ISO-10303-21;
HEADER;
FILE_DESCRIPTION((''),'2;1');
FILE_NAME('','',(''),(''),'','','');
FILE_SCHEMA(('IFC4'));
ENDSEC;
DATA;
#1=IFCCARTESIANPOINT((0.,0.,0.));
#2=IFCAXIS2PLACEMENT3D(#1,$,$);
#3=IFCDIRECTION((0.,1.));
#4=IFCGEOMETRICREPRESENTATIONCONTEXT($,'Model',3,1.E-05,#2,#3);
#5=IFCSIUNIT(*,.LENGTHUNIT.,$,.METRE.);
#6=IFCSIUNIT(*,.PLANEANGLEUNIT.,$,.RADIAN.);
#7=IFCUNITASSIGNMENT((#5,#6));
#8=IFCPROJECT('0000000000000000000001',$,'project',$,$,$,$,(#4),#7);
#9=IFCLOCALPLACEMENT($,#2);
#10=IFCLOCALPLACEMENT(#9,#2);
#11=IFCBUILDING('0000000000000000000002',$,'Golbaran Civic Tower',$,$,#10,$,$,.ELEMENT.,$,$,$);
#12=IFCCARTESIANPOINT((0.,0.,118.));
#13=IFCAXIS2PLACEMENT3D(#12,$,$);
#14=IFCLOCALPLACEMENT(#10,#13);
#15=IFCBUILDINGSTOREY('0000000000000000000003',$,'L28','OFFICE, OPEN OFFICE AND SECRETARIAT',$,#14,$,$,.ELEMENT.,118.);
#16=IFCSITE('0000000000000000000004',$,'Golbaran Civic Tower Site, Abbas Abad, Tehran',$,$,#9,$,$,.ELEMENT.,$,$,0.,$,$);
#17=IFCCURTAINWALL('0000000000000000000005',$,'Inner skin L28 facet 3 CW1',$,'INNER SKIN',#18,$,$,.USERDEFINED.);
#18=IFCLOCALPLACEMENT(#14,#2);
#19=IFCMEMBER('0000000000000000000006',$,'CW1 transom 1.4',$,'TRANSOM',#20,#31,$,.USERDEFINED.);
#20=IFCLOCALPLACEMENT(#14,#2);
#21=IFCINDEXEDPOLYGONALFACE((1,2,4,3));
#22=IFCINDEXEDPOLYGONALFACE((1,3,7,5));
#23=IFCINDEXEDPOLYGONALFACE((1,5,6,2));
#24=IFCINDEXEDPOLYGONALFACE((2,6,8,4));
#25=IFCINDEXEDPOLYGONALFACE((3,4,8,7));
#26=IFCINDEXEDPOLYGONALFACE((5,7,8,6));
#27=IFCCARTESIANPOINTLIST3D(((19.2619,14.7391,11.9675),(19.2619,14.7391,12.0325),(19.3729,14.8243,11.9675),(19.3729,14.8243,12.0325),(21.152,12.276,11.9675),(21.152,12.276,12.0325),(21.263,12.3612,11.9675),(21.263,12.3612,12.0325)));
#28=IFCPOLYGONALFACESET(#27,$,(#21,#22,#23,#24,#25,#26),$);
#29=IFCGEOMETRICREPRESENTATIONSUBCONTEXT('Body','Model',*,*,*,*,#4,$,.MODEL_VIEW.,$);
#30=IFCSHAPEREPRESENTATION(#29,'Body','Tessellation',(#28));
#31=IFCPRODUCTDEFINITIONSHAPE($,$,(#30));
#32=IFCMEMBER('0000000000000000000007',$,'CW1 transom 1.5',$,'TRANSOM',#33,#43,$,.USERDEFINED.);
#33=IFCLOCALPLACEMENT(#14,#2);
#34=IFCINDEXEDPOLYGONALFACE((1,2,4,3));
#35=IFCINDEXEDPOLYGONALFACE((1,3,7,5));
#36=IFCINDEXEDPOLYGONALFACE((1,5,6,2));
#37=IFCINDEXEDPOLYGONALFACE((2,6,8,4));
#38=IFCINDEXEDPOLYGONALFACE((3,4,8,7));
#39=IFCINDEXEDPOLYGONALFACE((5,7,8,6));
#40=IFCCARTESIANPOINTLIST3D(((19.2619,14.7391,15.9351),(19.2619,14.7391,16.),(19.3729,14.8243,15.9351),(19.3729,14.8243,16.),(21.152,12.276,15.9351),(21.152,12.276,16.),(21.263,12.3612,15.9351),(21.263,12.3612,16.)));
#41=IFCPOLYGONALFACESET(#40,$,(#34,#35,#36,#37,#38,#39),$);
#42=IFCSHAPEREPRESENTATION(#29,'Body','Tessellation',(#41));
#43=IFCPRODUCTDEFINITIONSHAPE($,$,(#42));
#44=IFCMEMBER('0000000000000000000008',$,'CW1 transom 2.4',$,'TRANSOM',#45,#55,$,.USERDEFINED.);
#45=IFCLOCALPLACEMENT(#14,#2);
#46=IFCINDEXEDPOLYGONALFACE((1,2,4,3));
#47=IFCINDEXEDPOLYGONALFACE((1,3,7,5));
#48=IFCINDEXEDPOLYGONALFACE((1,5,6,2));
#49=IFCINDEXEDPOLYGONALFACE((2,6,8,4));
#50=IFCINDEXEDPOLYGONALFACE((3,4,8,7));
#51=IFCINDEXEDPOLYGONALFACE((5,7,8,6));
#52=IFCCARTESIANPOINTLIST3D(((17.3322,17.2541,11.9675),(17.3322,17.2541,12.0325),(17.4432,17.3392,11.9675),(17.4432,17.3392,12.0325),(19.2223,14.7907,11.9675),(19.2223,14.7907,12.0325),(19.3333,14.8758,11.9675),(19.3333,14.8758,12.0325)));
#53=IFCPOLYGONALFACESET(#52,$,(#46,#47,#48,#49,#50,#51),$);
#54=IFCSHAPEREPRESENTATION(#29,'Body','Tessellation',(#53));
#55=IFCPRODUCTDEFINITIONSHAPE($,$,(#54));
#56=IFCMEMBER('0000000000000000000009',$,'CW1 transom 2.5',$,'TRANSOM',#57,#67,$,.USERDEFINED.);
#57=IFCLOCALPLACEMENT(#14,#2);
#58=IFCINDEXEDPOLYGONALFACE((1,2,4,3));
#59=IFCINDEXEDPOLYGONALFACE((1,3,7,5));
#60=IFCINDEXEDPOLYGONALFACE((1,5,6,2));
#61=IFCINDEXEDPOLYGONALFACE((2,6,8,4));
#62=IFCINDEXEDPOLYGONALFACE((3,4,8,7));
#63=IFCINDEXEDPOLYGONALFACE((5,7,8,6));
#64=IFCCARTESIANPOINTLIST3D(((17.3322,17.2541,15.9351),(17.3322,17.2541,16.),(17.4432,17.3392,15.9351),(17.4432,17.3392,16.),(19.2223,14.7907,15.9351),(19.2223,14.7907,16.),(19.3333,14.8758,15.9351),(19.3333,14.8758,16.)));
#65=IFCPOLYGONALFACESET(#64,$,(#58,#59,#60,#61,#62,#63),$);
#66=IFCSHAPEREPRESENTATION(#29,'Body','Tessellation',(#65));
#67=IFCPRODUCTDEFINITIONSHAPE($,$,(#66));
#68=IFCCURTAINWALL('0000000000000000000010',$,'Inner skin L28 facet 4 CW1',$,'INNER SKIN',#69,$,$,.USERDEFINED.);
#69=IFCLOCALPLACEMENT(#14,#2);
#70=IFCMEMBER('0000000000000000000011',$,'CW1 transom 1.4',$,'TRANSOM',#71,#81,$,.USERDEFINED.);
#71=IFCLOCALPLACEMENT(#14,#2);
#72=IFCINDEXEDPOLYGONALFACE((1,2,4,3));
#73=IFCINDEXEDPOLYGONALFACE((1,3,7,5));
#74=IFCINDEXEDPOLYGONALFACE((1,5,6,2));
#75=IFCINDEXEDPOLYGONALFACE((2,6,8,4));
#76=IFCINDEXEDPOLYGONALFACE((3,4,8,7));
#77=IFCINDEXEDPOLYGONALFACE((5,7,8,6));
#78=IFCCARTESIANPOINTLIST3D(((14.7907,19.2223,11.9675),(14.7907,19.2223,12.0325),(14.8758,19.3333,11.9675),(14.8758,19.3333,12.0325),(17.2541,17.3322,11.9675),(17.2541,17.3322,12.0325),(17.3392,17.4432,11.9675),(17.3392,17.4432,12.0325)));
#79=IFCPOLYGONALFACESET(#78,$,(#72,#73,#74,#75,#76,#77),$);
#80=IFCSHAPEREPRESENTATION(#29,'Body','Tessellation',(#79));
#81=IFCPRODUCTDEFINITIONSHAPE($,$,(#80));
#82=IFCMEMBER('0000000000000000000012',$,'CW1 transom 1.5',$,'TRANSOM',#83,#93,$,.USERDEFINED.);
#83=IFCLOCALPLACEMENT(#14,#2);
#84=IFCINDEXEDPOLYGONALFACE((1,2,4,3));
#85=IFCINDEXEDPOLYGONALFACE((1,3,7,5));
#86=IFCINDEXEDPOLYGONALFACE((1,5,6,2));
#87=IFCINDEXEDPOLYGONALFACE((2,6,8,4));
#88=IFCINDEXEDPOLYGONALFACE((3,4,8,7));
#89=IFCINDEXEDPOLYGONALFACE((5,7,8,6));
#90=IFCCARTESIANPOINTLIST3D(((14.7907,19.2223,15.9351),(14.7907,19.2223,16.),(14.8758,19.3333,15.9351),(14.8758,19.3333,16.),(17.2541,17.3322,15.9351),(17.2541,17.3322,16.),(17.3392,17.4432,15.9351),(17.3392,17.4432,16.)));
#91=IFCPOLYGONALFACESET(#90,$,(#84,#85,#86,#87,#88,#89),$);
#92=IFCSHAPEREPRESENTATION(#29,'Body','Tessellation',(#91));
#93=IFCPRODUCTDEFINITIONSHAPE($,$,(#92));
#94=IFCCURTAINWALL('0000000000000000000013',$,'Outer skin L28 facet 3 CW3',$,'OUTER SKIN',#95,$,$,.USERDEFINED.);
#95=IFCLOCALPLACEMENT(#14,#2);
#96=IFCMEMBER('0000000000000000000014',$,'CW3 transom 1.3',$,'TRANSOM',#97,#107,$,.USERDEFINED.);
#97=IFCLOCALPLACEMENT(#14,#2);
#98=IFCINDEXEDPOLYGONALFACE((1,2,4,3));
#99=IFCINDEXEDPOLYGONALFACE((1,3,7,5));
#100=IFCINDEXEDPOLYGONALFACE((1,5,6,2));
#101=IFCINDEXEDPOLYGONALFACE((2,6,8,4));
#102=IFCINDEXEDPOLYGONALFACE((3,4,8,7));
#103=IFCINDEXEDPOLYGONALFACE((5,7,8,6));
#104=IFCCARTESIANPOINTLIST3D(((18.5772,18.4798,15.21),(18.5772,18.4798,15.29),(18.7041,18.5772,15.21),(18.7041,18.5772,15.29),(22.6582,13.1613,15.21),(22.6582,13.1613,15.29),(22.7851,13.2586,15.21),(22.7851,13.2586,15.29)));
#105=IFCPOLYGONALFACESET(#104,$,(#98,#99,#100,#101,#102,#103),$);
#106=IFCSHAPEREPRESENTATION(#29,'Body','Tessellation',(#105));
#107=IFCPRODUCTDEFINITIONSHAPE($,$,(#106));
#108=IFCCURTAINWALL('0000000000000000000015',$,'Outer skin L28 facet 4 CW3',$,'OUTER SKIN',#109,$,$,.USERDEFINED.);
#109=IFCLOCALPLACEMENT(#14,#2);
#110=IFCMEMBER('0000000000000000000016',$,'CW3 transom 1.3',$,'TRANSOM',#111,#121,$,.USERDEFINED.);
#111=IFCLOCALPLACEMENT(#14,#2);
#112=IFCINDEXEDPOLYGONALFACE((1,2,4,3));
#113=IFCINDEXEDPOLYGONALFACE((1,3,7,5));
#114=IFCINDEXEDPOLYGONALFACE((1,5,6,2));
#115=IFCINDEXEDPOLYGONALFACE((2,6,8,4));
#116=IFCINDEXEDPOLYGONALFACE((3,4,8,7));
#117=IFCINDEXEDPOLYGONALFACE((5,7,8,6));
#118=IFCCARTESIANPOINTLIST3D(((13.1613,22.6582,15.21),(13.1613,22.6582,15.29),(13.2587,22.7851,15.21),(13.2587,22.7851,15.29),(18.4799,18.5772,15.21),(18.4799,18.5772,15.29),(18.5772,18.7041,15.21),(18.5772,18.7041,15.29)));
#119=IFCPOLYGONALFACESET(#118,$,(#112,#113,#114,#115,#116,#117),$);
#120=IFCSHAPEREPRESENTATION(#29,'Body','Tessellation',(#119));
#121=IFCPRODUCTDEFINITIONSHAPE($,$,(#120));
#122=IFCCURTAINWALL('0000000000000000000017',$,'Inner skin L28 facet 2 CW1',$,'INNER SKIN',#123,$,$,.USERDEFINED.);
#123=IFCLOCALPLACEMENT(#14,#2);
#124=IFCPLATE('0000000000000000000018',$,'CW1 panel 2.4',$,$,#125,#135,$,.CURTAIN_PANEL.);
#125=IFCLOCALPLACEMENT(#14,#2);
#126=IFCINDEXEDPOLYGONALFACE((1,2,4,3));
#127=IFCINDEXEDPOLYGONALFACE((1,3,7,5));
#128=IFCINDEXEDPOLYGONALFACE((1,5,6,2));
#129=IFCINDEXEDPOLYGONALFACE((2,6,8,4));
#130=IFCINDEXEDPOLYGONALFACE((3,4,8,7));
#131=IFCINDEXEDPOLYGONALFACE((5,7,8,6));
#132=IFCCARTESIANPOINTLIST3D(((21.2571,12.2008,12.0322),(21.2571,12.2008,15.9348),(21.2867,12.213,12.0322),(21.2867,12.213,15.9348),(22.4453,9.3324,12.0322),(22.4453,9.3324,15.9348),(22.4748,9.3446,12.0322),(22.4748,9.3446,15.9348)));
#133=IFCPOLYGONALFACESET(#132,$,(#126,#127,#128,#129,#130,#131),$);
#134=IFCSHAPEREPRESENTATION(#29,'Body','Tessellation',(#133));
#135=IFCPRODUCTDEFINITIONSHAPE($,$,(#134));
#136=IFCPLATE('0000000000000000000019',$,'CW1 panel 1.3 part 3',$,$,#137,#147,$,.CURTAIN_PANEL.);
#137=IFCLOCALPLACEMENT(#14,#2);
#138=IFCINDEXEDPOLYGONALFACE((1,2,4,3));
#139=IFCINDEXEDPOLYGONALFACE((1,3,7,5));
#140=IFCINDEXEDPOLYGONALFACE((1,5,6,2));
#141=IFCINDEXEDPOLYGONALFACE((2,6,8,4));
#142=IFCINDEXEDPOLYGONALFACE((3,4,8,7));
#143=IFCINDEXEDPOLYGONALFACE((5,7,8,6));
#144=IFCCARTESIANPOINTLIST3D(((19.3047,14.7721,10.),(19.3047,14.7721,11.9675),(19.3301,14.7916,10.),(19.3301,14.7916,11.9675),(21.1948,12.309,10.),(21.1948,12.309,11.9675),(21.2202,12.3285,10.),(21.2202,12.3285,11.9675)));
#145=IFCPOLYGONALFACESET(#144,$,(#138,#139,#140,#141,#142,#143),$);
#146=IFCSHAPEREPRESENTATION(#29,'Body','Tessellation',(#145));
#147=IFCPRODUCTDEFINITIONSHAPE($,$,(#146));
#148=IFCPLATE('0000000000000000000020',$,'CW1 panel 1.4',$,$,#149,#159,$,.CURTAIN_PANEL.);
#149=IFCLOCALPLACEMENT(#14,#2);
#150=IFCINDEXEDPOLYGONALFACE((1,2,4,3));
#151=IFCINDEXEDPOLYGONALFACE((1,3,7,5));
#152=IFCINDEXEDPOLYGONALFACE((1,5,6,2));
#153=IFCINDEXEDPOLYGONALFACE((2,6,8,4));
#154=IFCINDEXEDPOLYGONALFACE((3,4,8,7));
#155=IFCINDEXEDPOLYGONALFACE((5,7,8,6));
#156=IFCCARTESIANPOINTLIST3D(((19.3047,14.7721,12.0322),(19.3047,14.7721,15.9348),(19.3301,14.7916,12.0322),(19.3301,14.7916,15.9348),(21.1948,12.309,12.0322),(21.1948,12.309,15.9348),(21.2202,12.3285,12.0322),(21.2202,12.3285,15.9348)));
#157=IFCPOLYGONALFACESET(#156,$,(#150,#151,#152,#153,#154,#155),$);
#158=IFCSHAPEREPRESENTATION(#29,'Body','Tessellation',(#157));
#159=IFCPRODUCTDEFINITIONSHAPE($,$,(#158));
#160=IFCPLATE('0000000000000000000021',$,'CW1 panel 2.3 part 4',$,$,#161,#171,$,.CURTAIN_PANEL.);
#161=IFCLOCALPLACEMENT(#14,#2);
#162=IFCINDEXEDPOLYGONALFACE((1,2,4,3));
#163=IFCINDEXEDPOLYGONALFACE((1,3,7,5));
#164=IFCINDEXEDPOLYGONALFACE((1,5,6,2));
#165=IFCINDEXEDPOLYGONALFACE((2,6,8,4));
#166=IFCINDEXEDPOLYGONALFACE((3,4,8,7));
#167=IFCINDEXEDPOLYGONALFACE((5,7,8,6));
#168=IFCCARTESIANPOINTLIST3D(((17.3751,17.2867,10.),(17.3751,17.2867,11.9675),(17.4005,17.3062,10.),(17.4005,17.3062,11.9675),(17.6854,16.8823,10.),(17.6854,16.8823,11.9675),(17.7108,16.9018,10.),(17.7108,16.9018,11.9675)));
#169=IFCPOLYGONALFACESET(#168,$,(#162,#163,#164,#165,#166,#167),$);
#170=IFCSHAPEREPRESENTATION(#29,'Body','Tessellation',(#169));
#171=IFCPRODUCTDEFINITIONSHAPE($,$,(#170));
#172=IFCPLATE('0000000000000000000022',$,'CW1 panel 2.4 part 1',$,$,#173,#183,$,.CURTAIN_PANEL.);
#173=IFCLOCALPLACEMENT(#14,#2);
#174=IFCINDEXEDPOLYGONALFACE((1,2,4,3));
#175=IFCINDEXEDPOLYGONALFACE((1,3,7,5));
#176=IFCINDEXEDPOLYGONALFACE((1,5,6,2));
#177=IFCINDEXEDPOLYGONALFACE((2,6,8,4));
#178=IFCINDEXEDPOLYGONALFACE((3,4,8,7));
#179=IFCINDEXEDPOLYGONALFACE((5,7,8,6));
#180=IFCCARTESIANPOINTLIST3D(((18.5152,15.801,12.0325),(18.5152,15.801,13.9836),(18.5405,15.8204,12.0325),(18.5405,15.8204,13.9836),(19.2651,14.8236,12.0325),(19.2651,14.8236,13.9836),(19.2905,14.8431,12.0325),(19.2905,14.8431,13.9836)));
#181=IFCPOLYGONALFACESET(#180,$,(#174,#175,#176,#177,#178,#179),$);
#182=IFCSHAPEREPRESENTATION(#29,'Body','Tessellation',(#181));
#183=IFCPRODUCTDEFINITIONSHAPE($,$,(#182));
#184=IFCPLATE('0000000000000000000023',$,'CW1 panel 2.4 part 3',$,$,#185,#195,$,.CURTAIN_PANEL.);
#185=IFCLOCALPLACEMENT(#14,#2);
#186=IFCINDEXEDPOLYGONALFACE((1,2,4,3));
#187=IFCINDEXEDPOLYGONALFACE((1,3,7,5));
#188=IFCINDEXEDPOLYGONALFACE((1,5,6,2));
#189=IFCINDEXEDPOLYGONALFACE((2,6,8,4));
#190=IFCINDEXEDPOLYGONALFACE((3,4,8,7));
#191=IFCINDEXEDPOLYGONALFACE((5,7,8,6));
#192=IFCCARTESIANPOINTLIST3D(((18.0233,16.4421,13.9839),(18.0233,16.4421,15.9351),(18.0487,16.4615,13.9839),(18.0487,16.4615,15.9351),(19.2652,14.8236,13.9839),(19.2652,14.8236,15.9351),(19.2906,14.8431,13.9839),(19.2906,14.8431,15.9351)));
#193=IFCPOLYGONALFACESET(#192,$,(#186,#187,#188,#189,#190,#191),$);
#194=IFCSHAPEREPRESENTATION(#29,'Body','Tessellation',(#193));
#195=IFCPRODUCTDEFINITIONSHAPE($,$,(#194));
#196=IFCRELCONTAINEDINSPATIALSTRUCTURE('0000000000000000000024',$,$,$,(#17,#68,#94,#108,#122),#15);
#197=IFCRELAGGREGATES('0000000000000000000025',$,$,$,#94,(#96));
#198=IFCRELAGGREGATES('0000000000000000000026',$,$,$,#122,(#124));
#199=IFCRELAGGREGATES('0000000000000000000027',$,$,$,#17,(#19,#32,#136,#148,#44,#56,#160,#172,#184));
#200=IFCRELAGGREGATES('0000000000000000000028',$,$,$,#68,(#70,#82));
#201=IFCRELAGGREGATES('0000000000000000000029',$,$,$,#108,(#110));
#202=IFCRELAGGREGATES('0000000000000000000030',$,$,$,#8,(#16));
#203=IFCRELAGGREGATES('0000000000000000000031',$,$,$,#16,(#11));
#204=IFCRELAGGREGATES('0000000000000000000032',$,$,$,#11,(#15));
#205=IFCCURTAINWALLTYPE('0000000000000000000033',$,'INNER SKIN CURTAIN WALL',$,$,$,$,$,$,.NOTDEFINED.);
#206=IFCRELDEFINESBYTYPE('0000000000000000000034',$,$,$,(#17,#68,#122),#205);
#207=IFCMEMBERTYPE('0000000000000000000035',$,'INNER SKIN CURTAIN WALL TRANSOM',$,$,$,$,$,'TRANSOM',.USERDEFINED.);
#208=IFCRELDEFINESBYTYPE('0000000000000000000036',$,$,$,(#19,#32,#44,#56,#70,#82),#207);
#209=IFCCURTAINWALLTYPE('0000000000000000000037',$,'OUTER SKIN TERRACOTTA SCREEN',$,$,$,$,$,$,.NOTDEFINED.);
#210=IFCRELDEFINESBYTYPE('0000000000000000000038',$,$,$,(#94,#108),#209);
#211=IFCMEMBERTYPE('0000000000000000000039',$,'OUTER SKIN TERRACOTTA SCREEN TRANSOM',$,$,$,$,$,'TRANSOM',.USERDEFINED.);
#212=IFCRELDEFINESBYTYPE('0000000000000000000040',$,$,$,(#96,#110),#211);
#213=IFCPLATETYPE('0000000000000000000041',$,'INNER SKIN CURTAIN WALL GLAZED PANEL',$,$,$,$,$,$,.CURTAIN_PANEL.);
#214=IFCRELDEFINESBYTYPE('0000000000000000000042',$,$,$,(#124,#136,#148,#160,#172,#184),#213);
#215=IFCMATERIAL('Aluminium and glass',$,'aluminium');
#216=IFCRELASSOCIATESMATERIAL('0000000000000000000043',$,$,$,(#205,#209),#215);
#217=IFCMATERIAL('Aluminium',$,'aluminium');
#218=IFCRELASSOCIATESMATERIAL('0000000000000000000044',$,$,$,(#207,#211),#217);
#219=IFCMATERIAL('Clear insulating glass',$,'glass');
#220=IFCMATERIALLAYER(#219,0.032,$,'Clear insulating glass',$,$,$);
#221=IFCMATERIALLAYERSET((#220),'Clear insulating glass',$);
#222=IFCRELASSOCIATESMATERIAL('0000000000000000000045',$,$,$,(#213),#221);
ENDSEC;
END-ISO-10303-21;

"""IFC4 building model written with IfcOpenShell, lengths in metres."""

from ifc_helpers import new_model, si_unit, direction, frame, origin, origin_2d, place, context, subcontext, project, spatial, rectangle, extrude, material, layer, layer_set, material_profile, profile_set, type_object, element, aggregate, save


model = new_model("IFC4")

# Units and contexts
model_context = context("Model", 3, precision=1e-05, world=origin(), true_north=direction((0.0, 1.0)))
body_context = subcontext(model_context, "Body", "Model", "MODEL_VIEW")
ifc_project = project(units=[si_unit("LENGTHUNIT", "METRE"), si_unit("PLANEANGLEUNIT", "RADIAN")], contexts=[model_context])

# Site, building, storey
site_placement = place(None, origin())
site = spatial("IfcSite", under=ifc_project, at=site_placement, Name="Golbaran Civic Tower Site, Abbas Abad, Tehran", CompositionType="ELEMENT", RefElevation=0.0)
building_placement = place(site_placement, origin())
building = spatial("IfcBuilding", under=site, at=building_placement, Name="Golbaran Civic Tower", CompositionType="ELEMENT")
storey_placement = place(building_placement, frame((0.0, 0.0, 118.0)))
storey = spatial("IfcBuildingStorey", under=building, at=storey_placement, Name="L28", Description="OFFICE, OPEN OFFICE AND SECRETARIAT", CompositionType="ELEMENT", Elevation=118.0)

# Curtain walls, members
ifc_material_1 = material(Name="Aluminium and glass", Category="aluminium")
curtain_wall_type_1 = type_object("IfcCurtainWallType", Name="INNER SKIN CURTAIN WALL", PredefinedType="NOTDEFINED", material=ifc_material_1)
curtain_wall_1_placement = place(storey_placement, origin())
curtain_wall_1 = element("IfcCurtainWall", 1, at=curtain_wall_1_placement, inside=storey, type_object=curtain_wall_type_1, Name="Inner skin L28 facet 3 CW1", ObjectType="INNER SKIN", PredefinedType="USERDEFINED")
ifc_material_2 = material(Name="Aluminium", Category="aluminium")
ifc_material_profile_1 = material_profile(ifc_material_2, rectangle(XDim=0.1399, YDim=0.0649, at=origin_2d()), Name="INNER SKIN CURTAIN WALL TRANSOM")
ifc_profile_set_1 = profile_set([ifc_material_profile_1], Name="Aluminium")
member_type_1 = type_object("IfcMemberType", Name="INNER SKIN CURTAIN WALL TRANSOM", ElementType="TRANSOM", PredefinedType="USERDEFINED", material=ifc_profile_set_1)
member_1_placement = place(storey_placement, frame((21.2075, 12.3186, 12.0), z_axis=(-0.608783, 0.793337, 0.0), x_axis=(-0.793337, -0.608783, 0.0)))
member_1 = element("IfcMember", 2, at=member_1_placement, type_object=member_type_1, Name="CW1 transom 1.4", ObjectType="TRANSOM", PredefinedType="USERDEFINED", context=body_context, shape_type="SweptSolid", body=[
    extrude(rectangle(XDim=0.1399, YDim=0.0649, at=origin_2d()), origin(), (0.0, 0.0, 1.0), 3.1047),
])
member_2_placement = place(storey_placement, frame((21.2075, 12.3186, 15.9675), z_axis=(-0.608783, 0.793337, 0.0), x_axis=(-0.793337, -0.608783, 0.0)))
member_2 = element("IfcMember", 3, at=member_2_placement, type_object=member_type_1, Name="CW1 transom 1.5", ObjectType="TRANSOM", PredefinedType="USERDEFINED", context=body_context, shape_type="SweptSolid", body=[
    extrude(rectangle(XDim=0.1399, YDim=0.0649, at=origin_2d()), origin(), (0.0, 0.0, 1.0), 3.1047),
])
member_3_placement = place(storey_placement, frame((19.2778, 14.8333, 12.0), z_axis=(-0.608745, 0.793366, 0.0), x_axis=(-0.793366, -0.608745, 0.0)))
member_3 = element("IfcMember", 4, at=member_3_placement, type_object=member_type_1, Name="CW1 transom 2.4", ObjectType="TRANSOM", PredefinedType="USERDEFINED", context=body_context, shape_type="SweptSolid", body=[
    extrude(rectangle(XDim=0.1399, YDim=0.0649, at=origin_2d()), origin(), (0.0, 0.0, 1.0), 3.105),
])
member_4_placement = place(storey_placement, frame((19.2778, 14.8333, 15.9675), z_axis=(-0.608745, 0.793366, 0.0), x_axis=(-0.793366, -0.608745, 0.0)))
member_4 = element("IfcMember", 5, at=member_4_placement, type_object=member_type_1, Name="CW1 transom 2.5", ObjectType="TRANSOM", PredefinedType="USERDEFINED", context=body_context, shape_type="SweptSolid", body=[
    extrude(rectangle(XDim=0.1399, YDim=0.0649, at=origin_2d()), origin(), (0.0, 0.0, 1.0), 3.105),
])
curtain_wall_2_placement = place(storey_placement, origin())
curtain_wall_2 = element("IfcCurtainWall", 6, at=curtain_wall_2_placement, inside=storey, type_object=curtain_wall_type_1, Name="Inner skin L28 facet 4 CW1", ObjectType="INNER SKIN", PredefinedType="USERDEFINED")
member_5_placement = place(storey_placement, frame((17.2966, 17.3877, 12.0), z_axis=(-0.793366, 0.608745, 0.0), x_axis=(-0.608745, -0.793366, 0.0)))
member_5 = element("IfcMember", 7, at=member_5_placement, type_object=member_type_1, Name="CW1 transom 1.4", ObjectType="TRANSOM", PredefinedType="USERDEFINED", context=body_context, shape_type="SweptSolid", body=[
    extrude(rectangle(XDim=0.1399, YDim=0.0649, at=origin_2d()), origin(), (0.0, 0.0, 1.0), 3.105),
])
member_6_placement = place(storey_placement, frame((17.2966, 17.3877, 15.9675), z_axis=(-0.793366, 0.608745, 0.0), x_axis=(-0.608745, -0.793366, 0.0)))
member_6 = element("IfcMember", 8, at=member_6_placement, type_object=member_type_1, Name="CW1 transom 1.5", ObjectType="TRANSOM", PredefinedType="USERDEFINED", context=body_context, shape_type="SweptSolid", body=[
    extrude(rectangle(XDim=0.1399, YDim=0.0649, at=origin_2d()), origin(), (0.0, 0.0, 1.0), 3.105),
])

# Curtain walls, members
curtain_wall_type_2 = type_object("IfcCurtainWallType", Name="OUTER SKIN TERRACOTTA SCREEN", PredefinedType="NOTDEFINED", material=ifc_material_1)
curtain_wall_3_placement = place(storey_placement, origin())
curtain_wall_3 = element("IfcCurtainWall", 9, at=curtain_wall_3_placement, inside=storey, type_object=curtain_wall_type_2, Name="Outer skin L28 facet 3 CW3", ObjectType="OUTER SKIN", PredefinedType="USERDEFINED")
ifc_material_profile_2 = material_profile(ifc_material_2, rectangle(XDim=0.1599, YDim=0.0801, at=origin_2d()), Name="OUTER SKIN TERRACOTTA SCREEN TRANSOM")
ifc_profile_set_2 = profile_set([ifc_material_profile_2], Name="Aluminium")
member_type_2 = type_object("IfcMemberType", Name="OUTER SKIN TERRACOTTA SCREEN TRANSOM", ElementType="TRANSOM", PredefinedType="USERDEFINED", material=ifc_profile_set_2)
member_7_placement = place(storey_placement, frame((22.7217, 13.21, 15.25), z_axis=(-0.608756, 0.793357, 0.0), x_axis=(-0.793357, -0.608756, 0.0)))
member_7 = element("IfcMember", 10, at=member_7_placement, type_object=member_type_2, Name="CW3 transom 1.3", ObjectType="TRANSOM", PredefinedType="USERDEFINED", context=body_context, shape_type="SweptSolid", body=[
    extrude(rectangle(XDim=0.1599, YDim=0.0801, at=origin_2d()), origin(), (0.0, 0.0, 1.0), 6.7039),
])
aggregate(curtain_wall_3, [member_7])
curtain_wall_4_placement = place(storey_placement, origin())
curtain_wall_4 = element("IfcCurtainWall", 11, at=curtain_wall_4_placement, inside=storey, type_object=curtain_wall_type_2, Name="Outer skin L28 facet 4 CW3", ObjectType="OUTER SKIN", PredefinedType="USERDEFINED")
member_8_placement = place(storey_placement, frame((18.5286, 18.6406, 15.25), z_axis=(-0.793357, 0.608756, 0.0), x_axis=(-0.608756, -0.793357, 0.0)))
member_8 = element("IfcMember", 12, at=member_8_placement, type_object=member_type_2, Name="CW3 transom 1.3", ObjectType="TRANSOM", PredefinedType="USERDEFINED", context=body_context, shape_type="SweptSolid", body=[
    extrude(rectangle(XDim=0.1599, YDim=0.0801, at=origin_2d()), origin(), (0.0, 0.0, 1.0), 6.7039),
])

# Curtain wall, plate
curtain_wall_5_placement = place(storey_placement, origin())
curtain_wall_5 = element("IfcCurtainWall", 13, at=curtain_wall_5_placement, inside=storey, type_object=curtain_wall_type_1, Name="Inner skin L28 facet 2 CW1", ObjectType="INNER SKIN", PredefinedType="USERDEFINED")
ifc_material_3 = material(Name="Clear insulating glass", Category="glass")
ifc_layer_1 = layer(ifc_material_3, 0.032, Name="Clear insulating glass")
ifc_layer_set_1 = layer_set([ifc_layer_1], Name="Clear insulating glass")
plate_type_1 = type_object("IfcPlateType", Name="INNER SKIN CURTAIN WALL GLAZED PANEL", PredefinedType="CURTAIN_PANEL", material=ifc_layer_set_1)
plate_1_placement = place(storey_placement, frame((21.866, 10.7727, 12.0322), z_axis=(0.0, 0.0, 1.0), x_axis=(-0.382683, 0.92388, 0.0)))
plate_1 = element("IfcPlate", 14, at=plate_1_placement, type_object=plate_type_1, Name="CW1 panel 2.4", PredefinedType="CURTAIN_PANEL", context=body_context, shape_type="SweptSolid", body=[
    extrude(rectangle(XDim=3.1047, YDim=0.032, at=origin_2d()), origin(), (0.0, 0.0, 1.0), 3.9026),
])
aggregate(curtain_wall_5, [plate_1])

# Plates
plate_2_placement = place(storey_placement, frame((20.2625, 13.5503, 10.0), z_axis=(0.0, 0.0, 1.0), x_axis=(-0.608761, 0.793353, 0.0)))
plate_2 = element("IfcPlate", 15, at=plate_2_placement, type_object=plate_type_1, Name="CW1 panel 1.3 part 3", PredefinedType="CURTAIN_PANEL", context=body_context, shape_type="SweptSolid", body=[
    extrude(rectangle(XDim=3.1047, YDim=0.032, at=origin_2d()), origin(), (0.0, 0.0, 1.0), 1.9675),
])
plate_3_placement = place(storey_placement, frame((20.2625, 13.5503, 12.0322), z_axis=(0.0, 0.0, 1.0), x_axis=(-0.608761, 0.793353, 0.0)))
plate_3 = element("IfcPlate", 16, at=plate_3_placement, type_object=plate_type_1, Name="CW1 panel 1.4", PredefinedType="CURTAIN_PANEL", context=body_context, shape_type="SweptSolid", body=[
    extrude(rectangle(XDim=3.1047, YDim=0.032, at=origin_2d()), origin(), (0.0, 0.0, 1.0), 3.9026),
])
plate_4_placement = place(storey_placement, frame((17.543, 17.0942, 10.0), z_axis=(0.0, 0.0, 1.0), x_axis=(-0.608761, 0.793353, 0.0)))
plate_4 = element("IfcPlate", 17, at=plate_4_placement, type_object=plate_type_1, Name="CW1 panel 2.3 part 4", PredefinedType="CURTAIN_PANEL", context=body_context, shape_type="SweptSolid", body=[
    extrude(rectangle(XDim=0.5098, YDim=0.032, at=origin_2d()), origin(), (0.0, 0.0, 1.0), 1.9675),
])
plate_5_placement = place(storey_placement, frame((18.9028, 15.322, 12.0325), z_axis=(0.0, 0.0, 1.0), x_axis=(-0.608761, 0.793353, 0.0)))
plate_5 = element("IfcPlate", 18, at=plate_5_placement, type_object=plate_type_1, Name="CW1 panel 2.4 part 1", PredefinedType="CURTAIN_PANEL", context=body_context, shape_type="SweptSolid", body=[
    extrude(rectangle(XDim=1.2319, YDim=0.032, at=origin_2d()), origin(), (0.0, 0.0, 1.0), 1.9512),
])
plate_6_placement = place(storey_placement, frame((18.657, 15.6426, 13.9839), z_axis=(0.0, 0.0, 1.0), x_axis=(-0.608761, 0.793353, 0.0)))
plate_6 = element("IfcPlate", 19, at=plate_6_placement, type_object=plate_type_1, Name="CW1 panel 2.4 part 3", PredefinedType="CURTAIN_PANEL", context=body_context, shape_type="SweptSolid", body=[
    extrude(rectangle(XDim=2.04, YDim=0.032, at=origin_2d()), origin(), (0.0, 0.0, 1.0), 1.9512),
])
aggregate(curtain_wall_1, [member_1, member_2, plate_2, plate_3, member_3, member_4, plate_4, plate_5, plate_6])
aggregate(curtain_wall_2, [member_5, member_6])

aggregate(curtain_wall_4, [member_8])

save(model, "model.ifc")
